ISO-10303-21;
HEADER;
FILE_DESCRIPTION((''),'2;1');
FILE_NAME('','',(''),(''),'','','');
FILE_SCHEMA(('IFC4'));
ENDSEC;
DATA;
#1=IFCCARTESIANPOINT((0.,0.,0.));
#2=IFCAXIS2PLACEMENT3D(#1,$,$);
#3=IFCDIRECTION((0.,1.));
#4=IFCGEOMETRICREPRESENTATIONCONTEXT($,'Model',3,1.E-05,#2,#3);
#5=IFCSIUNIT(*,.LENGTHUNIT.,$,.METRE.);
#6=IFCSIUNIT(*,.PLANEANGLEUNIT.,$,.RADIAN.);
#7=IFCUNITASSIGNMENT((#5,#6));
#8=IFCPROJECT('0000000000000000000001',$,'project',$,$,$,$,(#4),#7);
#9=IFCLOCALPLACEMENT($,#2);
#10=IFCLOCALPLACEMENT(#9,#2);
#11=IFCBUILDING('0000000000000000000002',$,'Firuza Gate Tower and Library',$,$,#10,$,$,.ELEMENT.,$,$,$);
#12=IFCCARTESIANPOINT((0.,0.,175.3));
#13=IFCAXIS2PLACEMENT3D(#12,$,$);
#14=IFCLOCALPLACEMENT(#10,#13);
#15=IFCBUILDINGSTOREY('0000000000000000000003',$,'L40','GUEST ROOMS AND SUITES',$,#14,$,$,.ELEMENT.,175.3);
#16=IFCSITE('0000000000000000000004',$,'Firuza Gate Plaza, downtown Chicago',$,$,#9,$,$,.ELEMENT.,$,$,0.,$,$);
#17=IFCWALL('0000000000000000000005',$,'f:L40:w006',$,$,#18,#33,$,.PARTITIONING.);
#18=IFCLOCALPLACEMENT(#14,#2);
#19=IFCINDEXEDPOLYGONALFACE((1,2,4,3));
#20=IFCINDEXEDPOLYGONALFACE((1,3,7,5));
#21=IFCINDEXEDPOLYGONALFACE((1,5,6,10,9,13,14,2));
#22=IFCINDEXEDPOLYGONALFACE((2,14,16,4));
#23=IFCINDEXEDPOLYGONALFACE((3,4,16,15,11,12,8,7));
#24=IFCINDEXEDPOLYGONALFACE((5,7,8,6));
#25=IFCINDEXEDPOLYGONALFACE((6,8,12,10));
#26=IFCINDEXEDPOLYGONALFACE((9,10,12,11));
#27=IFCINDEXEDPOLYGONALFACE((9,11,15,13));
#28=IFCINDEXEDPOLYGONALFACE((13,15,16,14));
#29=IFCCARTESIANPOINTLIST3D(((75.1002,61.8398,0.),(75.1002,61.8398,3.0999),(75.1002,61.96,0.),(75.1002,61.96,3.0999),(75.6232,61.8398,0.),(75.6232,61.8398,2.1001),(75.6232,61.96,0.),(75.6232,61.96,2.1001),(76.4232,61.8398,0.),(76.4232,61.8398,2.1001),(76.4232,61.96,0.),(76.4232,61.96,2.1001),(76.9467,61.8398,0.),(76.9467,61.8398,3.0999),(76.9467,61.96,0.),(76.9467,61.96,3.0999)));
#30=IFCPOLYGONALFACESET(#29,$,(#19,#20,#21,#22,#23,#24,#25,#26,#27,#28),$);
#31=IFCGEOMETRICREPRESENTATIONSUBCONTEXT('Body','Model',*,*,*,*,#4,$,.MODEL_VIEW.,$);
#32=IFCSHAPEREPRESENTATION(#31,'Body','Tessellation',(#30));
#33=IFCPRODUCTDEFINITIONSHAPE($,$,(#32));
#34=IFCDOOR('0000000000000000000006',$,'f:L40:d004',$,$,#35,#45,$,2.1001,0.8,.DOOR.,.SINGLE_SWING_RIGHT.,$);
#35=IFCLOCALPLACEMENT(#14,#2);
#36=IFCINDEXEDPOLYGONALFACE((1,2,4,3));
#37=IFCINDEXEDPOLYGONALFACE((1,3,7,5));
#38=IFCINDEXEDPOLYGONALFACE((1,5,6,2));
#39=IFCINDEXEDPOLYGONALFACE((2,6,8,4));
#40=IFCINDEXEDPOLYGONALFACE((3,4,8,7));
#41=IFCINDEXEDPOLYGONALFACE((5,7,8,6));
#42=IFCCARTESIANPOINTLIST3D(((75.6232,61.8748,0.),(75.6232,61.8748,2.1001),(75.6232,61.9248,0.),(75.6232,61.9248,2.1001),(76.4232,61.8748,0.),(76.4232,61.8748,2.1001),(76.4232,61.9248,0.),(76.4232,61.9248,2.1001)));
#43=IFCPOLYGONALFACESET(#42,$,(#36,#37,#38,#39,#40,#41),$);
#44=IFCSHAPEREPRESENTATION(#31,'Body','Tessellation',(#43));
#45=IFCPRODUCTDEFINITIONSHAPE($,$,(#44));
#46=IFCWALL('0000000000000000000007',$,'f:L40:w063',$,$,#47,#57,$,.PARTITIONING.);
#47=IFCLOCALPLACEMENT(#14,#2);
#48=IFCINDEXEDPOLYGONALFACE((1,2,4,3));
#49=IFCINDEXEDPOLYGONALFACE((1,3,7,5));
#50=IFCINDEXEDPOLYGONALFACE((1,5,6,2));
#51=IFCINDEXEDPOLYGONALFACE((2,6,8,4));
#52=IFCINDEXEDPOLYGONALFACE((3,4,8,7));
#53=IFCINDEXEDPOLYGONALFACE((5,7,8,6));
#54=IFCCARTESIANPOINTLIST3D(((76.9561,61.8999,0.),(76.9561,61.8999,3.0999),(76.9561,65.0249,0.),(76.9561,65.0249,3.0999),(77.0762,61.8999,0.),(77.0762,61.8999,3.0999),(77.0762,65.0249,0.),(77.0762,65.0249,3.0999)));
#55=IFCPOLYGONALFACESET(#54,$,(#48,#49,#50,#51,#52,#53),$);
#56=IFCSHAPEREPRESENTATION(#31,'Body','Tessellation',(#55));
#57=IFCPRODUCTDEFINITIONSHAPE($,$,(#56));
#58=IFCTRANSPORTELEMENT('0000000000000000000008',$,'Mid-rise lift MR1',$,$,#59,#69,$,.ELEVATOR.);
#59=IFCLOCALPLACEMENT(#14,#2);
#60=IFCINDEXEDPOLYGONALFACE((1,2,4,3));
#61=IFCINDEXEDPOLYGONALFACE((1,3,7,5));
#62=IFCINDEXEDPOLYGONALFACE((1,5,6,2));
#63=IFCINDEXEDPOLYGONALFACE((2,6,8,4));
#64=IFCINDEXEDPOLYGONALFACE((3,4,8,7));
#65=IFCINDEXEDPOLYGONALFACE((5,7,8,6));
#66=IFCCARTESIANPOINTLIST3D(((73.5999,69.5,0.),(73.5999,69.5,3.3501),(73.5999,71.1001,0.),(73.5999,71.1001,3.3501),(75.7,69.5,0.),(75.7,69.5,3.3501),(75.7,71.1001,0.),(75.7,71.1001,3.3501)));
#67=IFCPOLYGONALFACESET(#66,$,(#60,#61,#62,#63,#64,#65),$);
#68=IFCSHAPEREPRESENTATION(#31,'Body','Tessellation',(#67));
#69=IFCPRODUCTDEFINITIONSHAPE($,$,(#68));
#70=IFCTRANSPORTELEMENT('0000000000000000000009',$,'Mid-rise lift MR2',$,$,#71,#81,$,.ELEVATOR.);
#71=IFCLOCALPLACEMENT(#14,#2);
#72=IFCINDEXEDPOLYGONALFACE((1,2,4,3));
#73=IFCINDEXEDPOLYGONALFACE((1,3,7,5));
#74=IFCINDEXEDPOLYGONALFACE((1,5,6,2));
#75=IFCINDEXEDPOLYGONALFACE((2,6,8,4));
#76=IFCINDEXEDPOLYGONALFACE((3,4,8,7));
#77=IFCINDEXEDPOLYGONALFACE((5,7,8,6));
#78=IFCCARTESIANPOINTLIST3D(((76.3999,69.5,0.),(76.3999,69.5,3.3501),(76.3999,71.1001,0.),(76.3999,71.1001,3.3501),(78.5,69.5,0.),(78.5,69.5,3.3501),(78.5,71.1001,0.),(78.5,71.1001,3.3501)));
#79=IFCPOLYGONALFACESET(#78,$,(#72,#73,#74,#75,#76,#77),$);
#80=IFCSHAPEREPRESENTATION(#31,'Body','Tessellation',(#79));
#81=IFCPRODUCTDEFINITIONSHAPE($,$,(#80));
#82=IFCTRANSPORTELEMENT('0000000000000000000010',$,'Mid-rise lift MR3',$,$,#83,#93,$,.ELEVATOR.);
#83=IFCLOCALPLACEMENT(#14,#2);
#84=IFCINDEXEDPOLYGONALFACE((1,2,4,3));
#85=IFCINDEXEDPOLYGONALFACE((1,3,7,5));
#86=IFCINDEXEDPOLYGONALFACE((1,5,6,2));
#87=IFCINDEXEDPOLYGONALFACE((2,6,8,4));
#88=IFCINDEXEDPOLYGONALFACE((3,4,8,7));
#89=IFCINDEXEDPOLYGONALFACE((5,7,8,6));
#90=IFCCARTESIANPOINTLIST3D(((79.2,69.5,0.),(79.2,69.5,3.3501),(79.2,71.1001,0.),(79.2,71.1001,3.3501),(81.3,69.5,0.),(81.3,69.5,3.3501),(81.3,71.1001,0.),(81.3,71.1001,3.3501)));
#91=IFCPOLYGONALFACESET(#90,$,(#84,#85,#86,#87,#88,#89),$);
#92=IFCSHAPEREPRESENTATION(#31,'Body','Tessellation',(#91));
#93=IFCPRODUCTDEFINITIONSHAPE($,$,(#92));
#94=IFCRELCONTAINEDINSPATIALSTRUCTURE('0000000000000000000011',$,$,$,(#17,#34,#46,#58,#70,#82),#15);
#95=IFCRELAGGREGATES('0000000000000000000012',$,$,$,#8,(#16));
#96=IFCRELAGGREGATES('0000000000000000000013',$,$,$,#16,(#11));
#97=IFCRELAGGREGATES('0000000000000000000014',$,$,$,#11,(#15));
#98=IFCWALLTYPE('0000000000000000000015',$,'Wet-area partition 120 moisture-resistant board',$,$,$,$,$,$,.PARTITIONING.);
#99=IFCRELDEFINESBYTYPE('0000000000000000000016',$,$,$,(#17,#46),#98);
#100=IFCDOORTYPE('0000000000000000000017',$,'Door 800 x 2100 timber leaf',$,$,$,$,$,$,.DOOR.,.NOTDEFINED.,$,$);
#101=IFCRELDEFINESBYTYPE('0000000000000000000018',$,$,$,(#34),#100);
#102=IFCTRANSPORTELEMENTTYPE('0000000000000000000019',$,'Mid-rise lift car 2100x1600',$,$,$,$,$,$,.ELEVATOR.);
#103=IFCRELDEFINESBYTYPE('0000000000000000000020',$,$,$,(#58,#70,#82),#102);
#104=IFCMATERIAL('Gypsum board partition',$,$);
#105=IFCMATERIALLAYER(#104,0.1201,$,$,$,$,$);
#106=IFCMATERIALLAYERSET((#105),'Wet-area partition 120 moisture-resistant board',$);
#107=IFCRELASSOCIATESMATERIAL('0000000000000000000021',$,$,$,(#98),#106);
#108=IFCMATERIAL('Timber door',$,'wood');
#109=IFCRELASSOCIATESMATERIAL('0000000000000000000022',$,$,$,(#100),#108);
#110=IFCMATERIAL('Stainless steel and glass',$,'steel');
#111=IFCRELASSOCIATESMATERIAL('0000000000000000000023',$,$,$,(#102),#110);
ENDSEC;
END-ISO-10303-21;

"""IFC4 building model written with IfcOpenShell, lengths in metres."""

from ifc_helpers import new_model, si_unit, direction, frame, frame_2d, origin, origin_2d, place, context, subcontext, project, spatial, rectangle, extrude, material, layer, layer_set, type_object, element, fill, save


model = new_model("IFC4")

# Units and contexts
model_context = context("Model", 3, precision=1e-05, world=origin(), true_north=direction((0.0, 1.0)))
body_context = subcontext(model_context, "Body", "Model", "MODEL_VIEW")
ifc_project = project(units=[si_unit("LENGTHUNIT", "METRE"), si_unit("PLANEANGLEUNIT", "RADIAN")], contexts=[model_context])

# Site, building, storey
site_placement = place(None, origin())
site = spatial("IfcSite", under=ifc_project, at=site_placement, Name="Firuza Gate Plaza, downtown Chicago", CompositionType="ELEMENT", RefElevation=0.0)
building_placement = place(site_placement, origin())
building = spatial("IfcBuilding", under=site, at=building_placement, Name="Firuza Gate Tower and Library", CompositionType="ELEMENT")
storey_placement = place(building_placement, frame((0.0, 0.0, 175.3)))
storey = spatial("IfcBuildingStorey", under=building, at=storey_placement, Name="L40", Description="GUEST ROOMS AND SUITES", CompositionType="ELEMENT", Elevation=175.3)

# Wall, opening, door
ifc_material_1 = material(Name="Gypsum board partition")
ifc_layer_1 = layer(ifc_material_1, 0.1201)
ifc_layer_set_1 = layer_set([ifc_layer_1], Name="Wet-area partition 120 moisture-resistant board")
wall_type_1 = type_object("IfcWallType", Name="Wet-area partition 120 moisture-resistant board", PredefinedType="PARTITIONING", material=ifc_layer_set_1)
wall_1_placement = place(storey_placement, frame((75.1001, 61.8999, 0.0), z_axis=(0.0, 0.0, 1.0), x_axis=(1.0, 0.0, 0.0)))
wall_1 = element("IfcWall", 1, at=wall_1_placement, inside=storey, type_object=wall_type_1, Name="f:L40:w006", PredefinedType="PARTITIONING", context=body_context, shape_type="SweptSolid", body=[
    extrude(rectangle(XDim=1.8464, YDim=0.1201, at=frame_2d((0.9233, 0.0))), origin(), (0.0, 0.0, 1.0), 3.0999),
])
opening_1_placement = place(wall_1_placement, frame((0.5232, 0.0, 0.0)))
opening_1 = element("IfcOpeningElement", 2, at=opening_1_placement, cuts=wall_1, PredefinedType="OPENING", context=body_context, shape_type="SweptSolid", body=[
    extrude(rectangle(XDim=0.8, YDim=2.1001, at=frame_2d((0.3999, 1.05))), frame((0.0, 0.0701, 0.0), z_axis=(0.0, -1.0, 0.0), x_axis=(1.0, 0.0, 0.0)), (0.0, 0.0, 1.0), 0.1401),
])
ifc_material_2 = material(Name="Timber door", Category="wood")
door_type_1 = type_object("IfcDoorType", Name="Door 800 x 2100 timber leaf", OperationType="NOTDEFINED", PredefinedType="DOOR", material=ifc_material_2)
door_1_placement = place(opening_1_placement, origin())
door_1 = element("IfcDoor", 3, at=door_1_placement, inside=storey, type_object=door_type_1, Name="f:L40:d004", OperationType="SINGLE_SWING_RIGHT", OverallHeight=2.1001, OverallWidth=0.8, PredefinedType="DOOR", context=body_context, shape_type="SweptSolid", body=[
    extrude(rectangle(XDim=0.8, YDim=2.1001, at=frame_2d((0.3999, 1.05))), frame((0.0, 0.0249, 0.0), z_axis=(0.0, -1.0, 0.0), x_axis=(1.0, 0.0, 0.0)), (0.0, 0.0, 1.0), 0.05),
])
fill(opening_1, door_1)

# Wall
wall_2_placement = place(storey_placement, frame((77.0161, 61.8999, 0.0), z_axis=(0.0, 0.0, 1.0), x_axis=(0.0, 1.0, 0.0)))
element("IfcWall", 4, at=wall_2_placement, inside=storey, type_object=wall_type_1, Name="f:L40:w063", PredefinedType="PARTITIONING", context=body_context, shape_type="SweptSolid", body=[
    extrude(rectangle(XDim=3.125, YDim=0.1201, at=frame_2d((1.5625, 0.0))), origin(), (0.0, 0.0, 1.0), 3.0999),
])

# Transport elements
ifc_material_3 = material(Name="Stainless steel and glass", Category="steel")
transport_element_type = type_object("IfcTransportElementType", Name="Mid-rise lift car 2100x1600", PredefinedType="ELEVATOR", material=ifc_material_3)
for number, where, z_axis, x_axis, name in (
    (5, (74.6499, 70.3, 0.0), (0.0, 0.0, 1.0), (1.0, 0.0, 0.0), "Mid-rise lift MR1"),
    (6, (77.45, 70.3, 0.0), (0.0, 0.0, 1.0), (1.0, 0.0, 0.0), "Mid-rise lift MR2"),
    (7, (80.25, 70.3, 0.0), (0.0, 0.0, 1.0), (1.0, 0.0, 0.0), "Mid-rise lift MR3"),
):
    element("IfcTransportElement", number, at=place(storey_placement, frame(where, z_axis=z_axis, x_axis=x_axis)), inside=storey, type_object=transport_element_type, Name=name, PredefinedType="ELEVATOR", context=body_context, shape_type="SweptSolid", body=[
        extrude(rectangle(XDim=2.1001, YDim=1.6001, at=origin_2d()), origin(), (0.0, 0.0, 1.0), 3.3501),
    ])

save(model, "model.ifc")
